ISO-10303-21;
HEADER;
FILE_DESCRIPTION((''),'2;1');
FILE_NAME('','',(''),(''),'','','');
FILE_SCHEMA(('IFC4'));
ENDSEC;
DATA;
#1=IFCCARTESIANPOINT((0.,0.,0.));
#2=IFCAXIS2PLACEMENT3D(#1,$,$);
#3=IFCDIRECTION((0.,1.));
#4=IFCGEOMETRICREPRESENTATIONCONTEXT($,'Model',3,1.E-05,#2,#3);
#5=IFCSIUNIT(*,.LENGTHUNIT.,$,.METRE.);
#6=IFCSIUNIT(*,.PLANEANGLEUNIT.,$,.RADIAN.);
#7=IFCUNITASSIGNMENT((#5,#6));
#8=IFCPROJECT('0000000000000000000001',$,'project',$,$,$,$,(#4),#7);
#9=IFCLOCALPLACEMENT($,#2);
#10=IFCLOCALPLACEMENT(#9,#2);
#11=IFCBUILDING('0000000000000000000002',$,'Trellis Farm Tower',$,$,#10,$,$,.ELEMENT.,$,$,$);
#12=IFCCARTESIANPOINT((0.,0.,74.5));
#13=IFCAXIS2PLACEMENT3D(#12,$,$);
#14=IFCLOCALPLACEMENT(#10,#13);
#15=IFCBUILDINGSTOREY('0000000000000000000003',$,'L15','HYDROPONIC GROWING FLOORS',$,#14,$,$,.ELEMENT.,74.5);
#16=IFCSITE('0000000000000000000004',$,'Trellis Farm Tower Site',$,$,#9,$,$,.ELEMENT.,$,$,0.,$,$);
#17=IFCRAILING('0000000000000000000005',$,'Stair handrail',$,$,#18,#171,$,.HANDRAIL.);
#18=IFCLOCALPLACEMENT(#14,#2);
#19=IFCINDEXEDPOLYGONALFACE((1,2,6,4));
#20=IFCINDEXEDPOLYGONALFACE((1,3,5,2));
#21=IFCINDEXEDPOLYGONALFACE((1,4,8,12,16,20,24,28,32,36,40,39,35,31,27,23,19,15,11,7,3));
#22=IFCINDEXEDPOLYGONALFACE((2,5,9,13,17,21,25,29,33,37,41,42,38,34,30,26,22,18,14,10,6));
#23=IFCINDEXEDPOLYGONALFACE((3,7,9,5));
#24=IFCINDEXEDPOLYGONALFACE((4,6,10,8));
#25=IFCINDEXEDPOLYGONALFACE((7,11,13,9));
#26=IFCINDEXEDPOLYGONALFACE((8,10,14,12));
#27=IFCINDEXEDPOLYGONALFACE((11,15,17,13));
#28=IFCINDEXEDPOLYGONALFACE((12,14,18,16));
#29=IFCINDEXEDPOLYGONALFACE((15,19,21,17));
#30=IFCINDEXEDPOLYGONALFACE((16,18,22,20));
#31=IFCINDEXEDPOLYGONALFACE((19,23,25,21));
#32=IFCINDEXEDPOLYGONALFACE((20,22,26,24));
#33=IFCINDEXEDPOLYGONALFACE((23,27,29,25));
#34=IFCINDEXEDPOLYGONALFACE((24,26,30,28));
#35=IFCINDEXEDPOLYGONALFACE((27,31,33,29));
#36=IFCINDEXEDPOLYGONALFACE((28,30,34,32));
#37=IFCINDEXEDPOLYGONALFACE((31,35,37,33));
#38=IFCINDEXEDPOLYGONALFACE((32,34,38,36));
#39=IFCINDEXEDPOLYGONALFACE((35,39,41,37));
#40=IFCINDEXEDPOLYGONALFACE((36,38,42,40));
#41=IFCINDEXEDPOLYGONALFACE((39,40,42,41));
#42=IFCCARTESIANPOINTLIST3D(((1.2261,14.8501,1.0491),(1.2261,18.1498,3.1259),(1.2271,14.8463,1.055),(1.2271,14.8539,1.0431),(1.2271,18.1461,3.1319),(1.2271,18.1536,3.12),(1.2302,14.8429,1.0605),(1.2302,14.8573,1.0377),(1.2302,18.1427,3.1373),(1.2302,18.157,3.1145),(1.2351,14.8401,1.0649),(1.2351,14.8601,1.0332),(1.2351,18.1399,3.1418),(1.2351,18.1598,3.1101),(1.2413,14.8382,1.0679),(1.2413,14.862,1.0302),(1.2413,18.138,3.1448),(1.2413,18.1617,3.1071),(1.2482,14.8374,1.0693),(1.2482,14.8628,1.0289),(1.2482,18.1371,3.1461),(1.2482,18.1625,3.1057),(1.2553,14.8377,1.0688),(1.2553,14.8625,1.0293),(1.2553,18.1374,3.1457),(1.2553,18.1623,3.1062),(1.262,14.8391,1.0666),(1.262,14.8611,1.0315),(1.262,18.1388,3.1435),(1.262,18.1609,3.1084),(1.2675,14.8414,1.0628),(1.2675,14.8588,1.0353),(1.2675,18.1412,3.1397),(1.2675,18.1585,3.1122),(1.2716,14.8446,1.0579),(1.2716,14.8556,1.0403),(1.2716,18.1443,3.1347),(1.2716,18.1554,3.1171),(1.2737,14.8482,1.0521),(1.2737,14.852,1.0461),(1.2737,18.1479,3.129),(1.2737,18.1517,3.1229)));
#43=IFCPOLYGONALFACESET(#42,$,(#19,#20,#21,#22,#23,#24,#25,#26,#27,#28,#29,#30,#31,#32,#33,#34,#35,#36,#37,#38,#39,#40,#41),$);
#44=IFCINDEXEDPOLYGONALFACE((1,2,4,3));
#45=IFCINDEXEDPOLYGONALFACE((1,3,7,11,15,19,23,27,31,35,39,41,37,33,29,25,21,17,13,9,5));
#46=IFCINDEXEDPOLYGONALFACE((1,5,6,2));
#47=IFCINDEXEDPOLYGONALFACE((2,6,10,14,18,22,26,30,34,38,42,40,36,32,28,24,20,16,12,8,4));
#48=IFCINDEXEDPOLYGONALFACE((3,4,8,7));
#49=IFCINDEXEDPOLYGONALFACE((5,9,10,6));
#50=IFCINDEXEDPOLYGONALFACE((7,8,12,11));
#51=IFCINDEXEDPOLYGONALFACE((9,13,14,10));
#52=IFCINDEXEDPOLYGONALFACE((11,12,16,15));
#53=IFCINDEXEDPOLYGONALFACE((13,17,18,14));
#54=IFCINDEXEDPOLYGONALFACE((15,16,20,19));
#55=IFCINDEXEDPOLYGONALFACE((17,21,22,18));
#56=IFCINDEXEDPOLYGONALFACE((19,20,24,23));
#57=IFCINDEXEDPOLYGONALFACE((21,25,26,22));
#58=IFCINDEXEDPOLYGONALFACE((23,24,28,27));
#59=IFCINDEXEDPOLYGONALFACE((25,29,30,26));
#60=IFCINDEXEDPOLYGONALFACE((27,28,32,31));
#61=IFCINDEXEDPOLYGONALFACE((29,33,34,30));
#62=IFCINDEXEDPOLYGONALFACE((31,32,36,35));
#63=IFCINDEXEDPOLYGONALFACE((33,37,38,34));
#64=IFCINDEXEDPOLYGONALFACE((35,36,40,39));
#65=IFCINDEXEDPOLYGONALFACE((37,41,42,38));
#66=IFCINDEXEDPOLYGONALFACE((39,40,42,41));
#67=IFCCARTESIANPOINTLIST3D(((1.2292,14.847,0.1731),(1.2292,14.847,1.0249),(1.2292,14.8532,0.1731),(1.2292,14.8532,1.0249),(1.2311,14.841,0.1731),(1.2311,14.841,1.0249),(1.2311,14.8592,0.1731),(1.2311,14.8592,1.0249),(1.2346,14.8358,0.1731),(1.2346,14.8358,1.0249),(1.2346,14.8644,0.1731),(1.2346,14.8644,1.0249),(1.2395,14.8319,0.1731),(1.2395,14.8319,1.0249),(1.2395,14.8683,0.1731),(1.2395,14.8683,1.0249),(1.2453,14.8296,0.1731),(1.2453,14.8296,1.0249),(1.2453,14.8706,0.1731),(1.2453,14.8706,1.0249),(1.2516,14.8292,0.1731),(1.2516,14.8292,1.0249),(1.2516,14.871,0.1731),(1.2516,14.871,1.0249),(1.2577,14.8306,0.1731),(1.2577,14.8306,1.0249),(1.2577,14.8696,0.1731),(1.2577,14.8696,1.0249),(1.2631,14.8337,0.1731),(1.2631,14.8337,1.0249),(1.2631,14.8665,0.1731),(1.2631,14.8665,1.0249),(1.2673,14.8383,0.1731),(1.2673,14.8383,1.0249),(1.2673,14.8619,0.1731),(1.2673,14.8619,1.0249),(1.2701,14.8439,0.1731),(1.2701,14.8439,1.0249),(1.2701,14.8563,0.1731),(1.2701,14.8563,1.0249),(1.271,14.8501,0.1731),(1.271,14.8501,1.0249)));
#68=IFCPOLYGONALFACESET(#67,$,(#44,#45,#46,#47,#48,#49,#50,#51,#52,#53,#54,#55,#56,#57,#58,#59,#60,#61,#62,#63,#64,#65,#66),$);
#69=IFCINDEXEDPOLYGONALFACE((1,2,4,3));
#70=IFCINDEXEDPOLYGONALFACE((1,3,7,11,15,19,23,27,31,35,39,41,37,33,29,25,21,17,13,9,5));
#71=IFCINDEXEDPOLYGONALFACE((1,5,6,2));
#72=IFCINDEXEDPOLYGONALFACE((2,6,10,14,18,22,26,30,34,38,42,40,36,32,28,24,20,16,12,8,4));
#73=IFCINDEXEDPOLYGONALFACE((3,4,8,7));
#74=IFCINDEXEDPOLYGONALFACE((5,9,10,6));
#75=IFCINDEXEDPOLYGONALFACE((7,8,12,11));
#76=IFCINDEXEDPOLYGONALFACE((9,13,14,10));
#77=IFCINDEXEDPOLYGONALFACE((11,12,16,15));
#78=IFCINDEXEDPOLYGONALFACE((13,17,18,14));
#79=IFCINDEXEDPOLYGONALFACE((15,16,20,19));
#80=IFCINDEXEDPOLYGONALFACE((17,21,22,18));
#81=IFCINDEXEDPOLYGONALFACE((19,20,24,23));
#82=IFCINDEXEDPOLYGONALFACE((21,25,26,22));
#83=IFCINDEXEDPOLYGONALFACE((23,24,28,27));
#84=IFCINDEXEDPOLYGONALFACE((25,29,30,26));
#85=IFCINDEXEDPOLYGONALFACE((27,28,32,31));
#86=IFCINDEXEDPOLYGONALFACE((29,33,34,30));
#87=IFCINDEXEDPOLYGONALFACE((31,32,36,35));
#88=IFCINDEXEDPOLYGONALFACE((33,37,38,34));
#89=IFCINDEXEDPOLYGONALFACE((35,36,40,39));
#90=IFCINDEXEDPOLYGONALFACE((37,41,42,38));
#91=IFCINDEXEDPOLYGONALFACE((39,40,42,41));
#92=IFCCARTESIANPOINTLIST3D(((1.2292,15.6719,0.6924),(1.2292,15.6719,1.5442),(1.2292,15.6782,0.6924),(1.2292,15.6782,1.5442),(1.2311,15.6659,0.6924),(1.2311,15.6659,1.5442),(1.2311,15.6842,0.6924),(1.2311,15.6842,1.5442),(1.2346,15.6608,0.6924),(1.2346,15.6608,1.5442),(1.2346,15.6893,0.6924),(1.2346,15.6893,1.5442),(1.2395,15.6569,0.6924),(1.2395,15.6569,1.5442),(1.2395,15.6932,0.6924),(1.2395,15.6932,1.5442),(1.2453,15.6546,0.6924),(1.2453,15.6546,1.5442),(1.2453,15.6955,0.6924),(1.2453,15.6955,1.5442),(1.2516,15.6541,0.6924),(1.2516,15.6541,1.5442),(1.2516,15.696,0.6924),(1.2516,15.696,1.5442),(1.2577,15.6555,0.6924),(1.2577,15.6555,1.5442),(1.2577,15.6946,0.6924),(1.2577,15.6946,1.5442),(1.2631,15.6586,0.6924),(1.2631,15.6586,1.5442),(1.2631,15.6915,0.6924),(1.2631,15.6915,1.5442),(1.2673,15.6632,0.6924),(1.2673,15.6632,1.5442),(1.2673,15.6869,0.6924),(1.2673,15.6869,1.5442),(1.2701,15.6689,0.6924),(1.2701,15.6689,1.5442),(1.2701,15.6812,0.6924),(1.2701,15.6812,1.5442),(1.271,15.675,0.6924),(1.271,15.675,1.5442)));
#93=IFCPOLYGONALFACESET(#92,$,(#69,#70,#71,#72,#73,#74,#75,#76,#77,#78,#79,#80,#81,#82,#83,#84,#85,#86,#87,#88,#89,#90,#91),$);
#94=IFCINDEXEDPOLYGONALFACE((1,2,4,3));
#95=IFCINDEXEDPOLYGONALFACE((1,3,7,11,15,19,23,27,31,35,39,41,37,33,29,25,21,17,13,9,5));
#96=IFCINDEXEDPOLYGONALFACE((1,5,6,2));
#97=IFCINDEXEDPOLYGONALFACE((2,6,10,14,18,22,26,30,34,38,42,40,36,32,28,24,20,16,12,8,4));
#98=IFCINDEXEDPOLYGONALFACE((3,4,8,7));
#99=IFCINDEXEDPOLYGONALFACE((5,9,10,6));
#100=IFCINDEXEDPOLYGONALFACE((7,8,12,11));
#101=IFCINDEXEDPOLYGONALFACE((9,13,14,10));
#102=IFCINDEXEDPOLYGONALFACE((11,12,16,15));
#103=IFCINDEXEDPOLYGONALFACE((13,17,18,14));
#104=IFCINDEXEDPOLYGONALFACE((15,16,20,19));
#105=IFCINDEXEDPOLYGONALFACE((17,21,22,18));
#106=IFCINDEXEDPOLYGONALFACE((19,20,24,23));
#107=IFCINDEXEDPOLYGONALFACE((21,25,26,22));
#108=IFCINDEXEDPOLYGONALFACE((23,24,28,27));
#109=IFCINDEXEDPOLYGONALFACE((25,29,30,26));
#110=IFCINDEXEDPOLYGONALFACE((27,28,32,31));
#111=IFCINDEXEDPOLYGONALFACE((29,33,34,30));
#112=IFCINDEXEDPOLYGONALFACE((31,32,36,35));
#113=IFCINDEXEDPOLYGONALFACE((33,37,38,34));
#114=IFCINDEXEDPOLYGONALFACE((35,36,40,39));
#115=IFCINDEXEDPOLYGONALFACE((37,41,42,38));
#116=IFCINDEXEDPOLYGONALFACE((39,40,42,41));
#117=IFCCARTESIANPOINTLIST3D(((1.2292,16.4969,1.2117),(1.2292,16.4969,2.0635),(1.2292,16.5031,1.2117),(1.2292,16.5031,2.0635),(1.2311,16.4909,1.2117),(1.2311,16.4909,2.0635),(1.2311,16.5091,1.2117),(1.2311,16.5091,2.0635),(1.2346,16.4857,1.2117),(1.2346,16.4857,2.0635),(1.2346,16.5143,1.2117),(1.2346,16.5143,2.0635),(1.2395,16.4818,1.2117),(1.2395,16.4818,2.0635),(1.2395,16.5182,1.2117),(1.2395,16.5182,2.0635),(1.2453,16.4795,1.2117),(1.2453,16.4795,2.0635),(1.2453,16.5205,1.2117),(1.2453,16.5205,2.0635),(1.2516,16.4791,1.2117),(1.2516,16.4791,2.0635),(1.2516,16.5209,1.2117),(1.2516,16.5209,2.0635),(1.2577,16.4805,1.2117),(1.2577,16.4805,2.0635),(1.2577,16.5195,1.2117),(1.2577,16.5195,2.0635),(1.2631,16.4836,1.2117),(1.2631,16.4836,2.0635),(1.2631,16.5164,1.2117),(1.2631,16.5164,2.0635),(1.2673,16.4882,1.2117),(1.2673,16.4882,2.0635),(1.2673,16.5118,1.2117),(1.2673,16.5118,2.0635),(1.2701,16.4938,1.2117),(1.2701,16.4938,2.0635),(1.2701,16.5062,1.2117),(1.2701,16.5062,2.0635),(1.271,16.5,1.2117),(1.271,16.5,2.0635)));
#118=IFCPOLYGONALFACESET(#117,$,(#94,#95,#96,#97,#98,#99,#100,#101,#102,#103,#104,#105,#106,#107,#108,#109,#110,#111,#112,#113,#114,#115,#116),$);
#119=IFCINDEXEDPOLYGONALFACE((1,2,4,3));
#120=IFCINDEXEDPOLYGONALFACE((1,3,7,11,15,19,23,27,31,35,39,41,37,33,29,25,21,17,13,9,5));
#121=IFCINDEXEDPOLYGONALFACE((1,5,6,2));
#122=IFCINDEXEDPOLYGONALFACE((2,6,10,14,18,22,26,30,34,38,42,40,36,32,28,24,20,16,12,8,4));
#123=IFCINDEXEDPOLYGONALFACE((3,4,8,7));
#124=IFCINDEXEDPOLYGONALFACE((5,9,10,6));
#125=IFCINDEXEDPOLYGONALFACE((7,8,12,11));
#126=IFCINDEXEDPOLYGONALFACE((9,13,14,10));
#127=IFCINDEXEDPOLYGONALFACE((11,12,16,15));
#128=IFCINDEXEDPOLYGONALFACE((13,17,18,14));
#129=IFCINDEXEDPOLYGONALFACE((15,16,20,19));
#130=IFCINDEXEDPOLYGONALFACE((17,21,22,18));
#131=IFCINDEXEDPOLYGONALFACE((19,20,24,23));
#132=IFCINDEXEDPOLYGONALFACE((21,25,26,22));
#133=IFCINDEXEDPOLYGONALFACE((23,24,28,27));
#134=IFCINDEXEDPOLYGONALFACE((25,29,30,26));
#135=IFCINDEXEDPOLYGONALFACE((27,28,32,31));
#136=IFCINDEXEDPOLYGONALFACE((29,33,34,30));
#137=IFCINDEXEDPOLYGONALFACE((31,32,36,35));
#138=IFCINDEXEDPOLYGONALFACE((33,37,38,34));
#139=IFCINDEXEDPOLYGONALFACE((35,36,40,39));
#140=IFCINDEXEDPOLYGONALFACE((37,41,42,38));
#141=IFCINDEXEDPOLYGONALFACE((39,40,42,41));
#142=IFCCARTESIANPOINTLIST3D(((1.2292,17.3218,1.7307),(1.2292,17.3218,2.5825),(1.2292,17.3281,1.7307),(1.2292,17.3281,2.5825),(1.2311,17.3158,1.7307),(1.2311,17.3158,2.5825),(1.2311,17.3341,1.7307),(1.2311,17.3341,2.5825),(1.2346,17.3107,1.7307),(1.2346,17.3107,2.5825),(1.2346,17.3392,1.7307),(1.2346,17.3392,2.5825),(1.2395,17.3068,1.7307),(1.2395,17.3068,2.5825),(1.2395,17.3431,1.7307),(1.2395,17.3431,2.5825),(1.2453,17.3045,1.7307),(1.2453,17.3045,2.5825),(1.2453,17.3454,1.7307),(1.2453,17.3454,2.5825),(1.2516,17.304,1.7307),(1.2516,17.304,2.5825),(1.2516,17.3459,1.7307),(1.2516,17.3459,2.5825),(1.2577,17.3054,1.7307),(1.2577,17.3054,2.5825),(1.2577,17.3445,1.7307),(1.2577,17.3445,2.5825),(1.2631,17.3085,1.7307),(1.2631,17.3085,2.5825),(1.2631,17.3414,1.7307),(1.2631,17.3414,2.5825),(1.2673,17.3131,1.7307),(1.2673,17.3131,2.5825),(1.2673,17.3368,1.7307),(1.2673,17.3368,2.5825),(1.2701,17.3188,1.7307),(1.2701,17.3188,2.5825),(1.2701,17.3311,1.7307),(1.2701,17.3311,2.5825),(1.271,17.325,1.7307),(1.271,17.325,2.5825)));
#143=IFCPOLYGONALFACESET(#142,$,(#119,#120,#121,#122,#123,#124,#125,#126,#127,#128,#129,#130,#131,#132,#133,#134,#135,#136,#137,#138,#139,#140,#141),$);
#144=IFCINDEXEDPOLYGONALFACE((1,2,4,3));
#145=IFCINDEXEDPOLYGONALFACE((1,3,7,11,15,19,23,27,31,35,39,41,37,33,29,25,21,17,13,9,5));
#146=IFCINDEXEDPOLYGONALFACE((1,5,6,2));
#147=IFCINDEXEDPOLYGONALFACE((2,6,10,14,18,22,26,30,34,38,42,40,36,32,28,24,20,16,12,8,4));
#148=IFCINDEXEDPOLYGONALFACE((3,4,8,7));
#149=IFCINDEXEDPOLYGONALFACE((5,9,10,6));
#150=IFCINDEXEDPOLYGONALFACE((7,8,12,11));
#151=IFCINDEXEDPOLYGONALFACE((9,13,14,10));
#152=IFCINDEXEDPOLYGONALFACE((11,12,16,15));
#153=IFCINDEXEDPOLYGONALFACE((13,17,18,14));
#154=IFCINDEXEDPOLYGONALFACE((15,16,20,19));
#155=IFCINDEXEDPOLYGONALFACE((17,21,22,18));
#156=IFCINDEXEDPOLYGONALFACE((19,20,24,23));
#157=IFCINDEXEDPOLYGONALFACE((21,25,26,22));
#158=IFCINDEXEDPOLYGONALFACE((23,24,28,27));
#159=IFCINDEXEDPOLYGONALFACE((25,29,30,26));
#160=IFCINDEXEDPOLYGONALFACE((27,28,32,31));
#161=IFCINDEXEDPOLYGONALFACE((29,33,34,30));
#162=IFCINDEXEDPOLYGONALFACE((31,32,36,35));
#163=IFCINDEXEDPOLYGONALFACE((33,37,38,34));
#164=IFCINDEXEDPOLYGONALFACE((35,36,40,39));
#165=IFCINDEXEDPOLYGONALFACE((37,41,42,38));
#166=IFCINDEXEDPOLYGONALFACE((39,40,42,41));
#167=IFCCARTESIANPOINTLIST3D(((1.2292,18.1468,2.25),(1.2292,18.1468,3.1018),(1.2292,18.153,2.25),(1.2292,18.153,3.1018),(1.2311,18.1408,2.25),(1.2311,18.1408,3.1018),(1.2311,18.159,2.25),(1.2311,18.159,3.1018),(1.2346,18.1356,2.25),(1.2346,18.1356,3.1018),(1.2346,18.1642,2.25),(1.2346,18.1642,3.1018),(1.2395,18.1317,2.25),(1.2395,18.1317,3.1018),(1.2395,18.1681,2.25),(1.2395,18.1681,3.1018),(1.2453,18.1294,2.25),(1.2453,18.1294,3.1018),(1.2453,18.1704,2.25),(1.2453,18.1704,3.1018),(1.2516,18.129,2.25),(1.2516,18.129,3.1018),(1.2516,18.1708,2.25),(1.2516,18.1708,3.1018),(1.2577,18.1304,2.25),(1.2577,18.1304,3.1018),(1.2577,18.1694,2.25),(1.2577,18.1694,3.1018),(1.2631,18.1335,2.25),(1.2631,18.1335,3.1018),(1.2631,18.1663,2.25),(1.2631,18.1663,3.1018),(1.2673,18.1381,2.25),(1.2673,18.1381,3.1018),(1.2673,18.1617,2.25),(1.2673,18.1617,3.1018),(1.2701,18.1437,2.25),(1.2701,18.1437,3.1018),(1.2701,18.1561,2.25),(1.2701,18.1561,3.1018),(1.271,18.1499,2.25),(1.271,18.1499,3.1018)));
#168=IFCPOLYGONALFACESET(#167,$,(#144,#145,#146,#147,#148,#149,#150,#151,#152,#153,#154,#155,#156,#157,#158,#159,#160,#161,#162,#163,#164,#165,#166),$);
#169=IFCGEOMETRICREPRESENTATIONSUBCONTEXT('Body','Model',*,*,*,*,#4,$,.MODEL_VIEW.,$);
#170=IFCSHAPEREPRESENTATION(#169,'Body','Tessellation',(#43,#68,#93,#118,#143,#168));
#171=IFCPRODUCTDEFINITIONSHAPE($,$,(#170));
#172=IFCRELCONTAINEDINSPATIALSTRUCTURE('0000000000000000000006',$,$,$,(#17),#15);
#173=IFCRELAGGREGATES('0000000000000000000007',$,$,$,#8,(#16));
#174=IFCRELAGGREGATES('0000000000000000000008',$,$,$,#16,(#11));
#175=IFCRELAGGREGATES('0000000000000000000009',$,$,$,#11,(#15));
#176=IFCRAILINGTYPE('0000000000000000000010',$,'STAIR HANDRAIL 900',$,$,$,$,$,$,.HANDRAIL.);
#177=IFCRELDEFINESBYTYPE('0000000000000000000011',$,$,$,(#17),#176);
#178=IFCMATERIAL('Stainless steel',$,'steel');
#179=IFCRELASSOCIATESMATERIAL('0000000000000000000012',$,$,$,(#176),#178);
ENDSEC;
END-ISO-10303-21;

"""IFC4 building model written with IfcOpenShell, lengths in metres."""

from ifc_helpers import new_model, si_unit, direction, frame, origin, origin_2d, place, context, subcontext, project, spatial, circle, extrude, source, transform, mapped, material, type_object, element, save


model = new_model("IFC4")

# Units and contexts
model_context = context("Model", 3, precision=1e-05, world=origin(), true_north=direction((0.0, 1.0)))
body_context = subcontext(model_context, "Body", "Model", "MODEL_VIEW")
ifc_project = project(units=[si_unit("LENGTHUNIT", "METRE"), si_unit("PLANEANGLEUNIT", "RADIAN")], contexts=[model_context])

# Site, building, storey
site_placement = place(None, origin())
site = spatial("IfcSite", under=ifc_project, at=site_placement, Name="Trellis Farm Tower Site", CompositionType="ELEMENT", RefElevation=0.0)
building_placement = place(site_placement, origin())
building = spatial("IfcBuilding", under=site, at=building_placement, Name="Trellis Farm Tower", CompositionType="ELEMENT")
storey_placement = place(building_placement, frame((0.0, 0.0, 74.5)))
storey = spatial("IfcBuildingStorey", under=building, at=storey_placement, Name="L15", Description="HYDROPONIC GROWING FLOORS", CompositionType="ELEMENT", Elevation=74.5)

# Railing
ifc_material_1 = material(Name="Stainless steel", Category="steel")
railing_type = type_object("IfcRailingType", Name="STAIR HANDRAIL 900", PredefinedType="HANDRAIL", material=ifc_material_1)
shared_shape_1 = source(origin(), body_context, "Body", "SweptSolid", [
    extrude(circle(Radius=0.0239, at=origin_2d()), frame((0.0, 0.0, 0.876), z_axis=(0.0, 0.84632, 0.532675), x_axis=(-1.0, 0.0, 0.0)), (0.0, 0.0, 1.0), 3.8989),
    extrude(circle(Radius=0.021, at=origin_2d()), origin(), (0.0, 0.0, 1.0), 0.8518),
    extrude(circle(Radius=0.021, at=origin_2d()), frame((0.0, 0.825, 0.5193)), (0.0, 0.0, 1.0), 0.8518),
    extrude(circle(Radius=0.021, at=origin_2d()), frame((0.0, 1.6499, 1.0386)), (0.0, 0.0, 1.0), 0.8518),
    extrude(circle(Radius=0.021, at=origin_2d()), frame((0.0, 2.4749, 1.5576)), (0.0, 0.0, 1.0), 0.8518),
    extrude(circle(Radius=0.021, at=origin_2d()), frame((0.0, 3.2998, 2.0769)), (0.0, 0.0, 1.0), 0.8518),
])
railing_placement = place(storey_placement, frame((1.25, 14.8501, 0.1731)))
element("IfcRailing", 1, at=railing_placement, inside=storey, type_object=railing_type, Name="Stair handrail", PredefinedType="HANDRAIL", context=body_context, shape_type="MappedRepresentation", body=[
    mapped(shared_shape_1, transform((0.0, 0.0, 0.0))),
])

save(model, "model.ifc")
